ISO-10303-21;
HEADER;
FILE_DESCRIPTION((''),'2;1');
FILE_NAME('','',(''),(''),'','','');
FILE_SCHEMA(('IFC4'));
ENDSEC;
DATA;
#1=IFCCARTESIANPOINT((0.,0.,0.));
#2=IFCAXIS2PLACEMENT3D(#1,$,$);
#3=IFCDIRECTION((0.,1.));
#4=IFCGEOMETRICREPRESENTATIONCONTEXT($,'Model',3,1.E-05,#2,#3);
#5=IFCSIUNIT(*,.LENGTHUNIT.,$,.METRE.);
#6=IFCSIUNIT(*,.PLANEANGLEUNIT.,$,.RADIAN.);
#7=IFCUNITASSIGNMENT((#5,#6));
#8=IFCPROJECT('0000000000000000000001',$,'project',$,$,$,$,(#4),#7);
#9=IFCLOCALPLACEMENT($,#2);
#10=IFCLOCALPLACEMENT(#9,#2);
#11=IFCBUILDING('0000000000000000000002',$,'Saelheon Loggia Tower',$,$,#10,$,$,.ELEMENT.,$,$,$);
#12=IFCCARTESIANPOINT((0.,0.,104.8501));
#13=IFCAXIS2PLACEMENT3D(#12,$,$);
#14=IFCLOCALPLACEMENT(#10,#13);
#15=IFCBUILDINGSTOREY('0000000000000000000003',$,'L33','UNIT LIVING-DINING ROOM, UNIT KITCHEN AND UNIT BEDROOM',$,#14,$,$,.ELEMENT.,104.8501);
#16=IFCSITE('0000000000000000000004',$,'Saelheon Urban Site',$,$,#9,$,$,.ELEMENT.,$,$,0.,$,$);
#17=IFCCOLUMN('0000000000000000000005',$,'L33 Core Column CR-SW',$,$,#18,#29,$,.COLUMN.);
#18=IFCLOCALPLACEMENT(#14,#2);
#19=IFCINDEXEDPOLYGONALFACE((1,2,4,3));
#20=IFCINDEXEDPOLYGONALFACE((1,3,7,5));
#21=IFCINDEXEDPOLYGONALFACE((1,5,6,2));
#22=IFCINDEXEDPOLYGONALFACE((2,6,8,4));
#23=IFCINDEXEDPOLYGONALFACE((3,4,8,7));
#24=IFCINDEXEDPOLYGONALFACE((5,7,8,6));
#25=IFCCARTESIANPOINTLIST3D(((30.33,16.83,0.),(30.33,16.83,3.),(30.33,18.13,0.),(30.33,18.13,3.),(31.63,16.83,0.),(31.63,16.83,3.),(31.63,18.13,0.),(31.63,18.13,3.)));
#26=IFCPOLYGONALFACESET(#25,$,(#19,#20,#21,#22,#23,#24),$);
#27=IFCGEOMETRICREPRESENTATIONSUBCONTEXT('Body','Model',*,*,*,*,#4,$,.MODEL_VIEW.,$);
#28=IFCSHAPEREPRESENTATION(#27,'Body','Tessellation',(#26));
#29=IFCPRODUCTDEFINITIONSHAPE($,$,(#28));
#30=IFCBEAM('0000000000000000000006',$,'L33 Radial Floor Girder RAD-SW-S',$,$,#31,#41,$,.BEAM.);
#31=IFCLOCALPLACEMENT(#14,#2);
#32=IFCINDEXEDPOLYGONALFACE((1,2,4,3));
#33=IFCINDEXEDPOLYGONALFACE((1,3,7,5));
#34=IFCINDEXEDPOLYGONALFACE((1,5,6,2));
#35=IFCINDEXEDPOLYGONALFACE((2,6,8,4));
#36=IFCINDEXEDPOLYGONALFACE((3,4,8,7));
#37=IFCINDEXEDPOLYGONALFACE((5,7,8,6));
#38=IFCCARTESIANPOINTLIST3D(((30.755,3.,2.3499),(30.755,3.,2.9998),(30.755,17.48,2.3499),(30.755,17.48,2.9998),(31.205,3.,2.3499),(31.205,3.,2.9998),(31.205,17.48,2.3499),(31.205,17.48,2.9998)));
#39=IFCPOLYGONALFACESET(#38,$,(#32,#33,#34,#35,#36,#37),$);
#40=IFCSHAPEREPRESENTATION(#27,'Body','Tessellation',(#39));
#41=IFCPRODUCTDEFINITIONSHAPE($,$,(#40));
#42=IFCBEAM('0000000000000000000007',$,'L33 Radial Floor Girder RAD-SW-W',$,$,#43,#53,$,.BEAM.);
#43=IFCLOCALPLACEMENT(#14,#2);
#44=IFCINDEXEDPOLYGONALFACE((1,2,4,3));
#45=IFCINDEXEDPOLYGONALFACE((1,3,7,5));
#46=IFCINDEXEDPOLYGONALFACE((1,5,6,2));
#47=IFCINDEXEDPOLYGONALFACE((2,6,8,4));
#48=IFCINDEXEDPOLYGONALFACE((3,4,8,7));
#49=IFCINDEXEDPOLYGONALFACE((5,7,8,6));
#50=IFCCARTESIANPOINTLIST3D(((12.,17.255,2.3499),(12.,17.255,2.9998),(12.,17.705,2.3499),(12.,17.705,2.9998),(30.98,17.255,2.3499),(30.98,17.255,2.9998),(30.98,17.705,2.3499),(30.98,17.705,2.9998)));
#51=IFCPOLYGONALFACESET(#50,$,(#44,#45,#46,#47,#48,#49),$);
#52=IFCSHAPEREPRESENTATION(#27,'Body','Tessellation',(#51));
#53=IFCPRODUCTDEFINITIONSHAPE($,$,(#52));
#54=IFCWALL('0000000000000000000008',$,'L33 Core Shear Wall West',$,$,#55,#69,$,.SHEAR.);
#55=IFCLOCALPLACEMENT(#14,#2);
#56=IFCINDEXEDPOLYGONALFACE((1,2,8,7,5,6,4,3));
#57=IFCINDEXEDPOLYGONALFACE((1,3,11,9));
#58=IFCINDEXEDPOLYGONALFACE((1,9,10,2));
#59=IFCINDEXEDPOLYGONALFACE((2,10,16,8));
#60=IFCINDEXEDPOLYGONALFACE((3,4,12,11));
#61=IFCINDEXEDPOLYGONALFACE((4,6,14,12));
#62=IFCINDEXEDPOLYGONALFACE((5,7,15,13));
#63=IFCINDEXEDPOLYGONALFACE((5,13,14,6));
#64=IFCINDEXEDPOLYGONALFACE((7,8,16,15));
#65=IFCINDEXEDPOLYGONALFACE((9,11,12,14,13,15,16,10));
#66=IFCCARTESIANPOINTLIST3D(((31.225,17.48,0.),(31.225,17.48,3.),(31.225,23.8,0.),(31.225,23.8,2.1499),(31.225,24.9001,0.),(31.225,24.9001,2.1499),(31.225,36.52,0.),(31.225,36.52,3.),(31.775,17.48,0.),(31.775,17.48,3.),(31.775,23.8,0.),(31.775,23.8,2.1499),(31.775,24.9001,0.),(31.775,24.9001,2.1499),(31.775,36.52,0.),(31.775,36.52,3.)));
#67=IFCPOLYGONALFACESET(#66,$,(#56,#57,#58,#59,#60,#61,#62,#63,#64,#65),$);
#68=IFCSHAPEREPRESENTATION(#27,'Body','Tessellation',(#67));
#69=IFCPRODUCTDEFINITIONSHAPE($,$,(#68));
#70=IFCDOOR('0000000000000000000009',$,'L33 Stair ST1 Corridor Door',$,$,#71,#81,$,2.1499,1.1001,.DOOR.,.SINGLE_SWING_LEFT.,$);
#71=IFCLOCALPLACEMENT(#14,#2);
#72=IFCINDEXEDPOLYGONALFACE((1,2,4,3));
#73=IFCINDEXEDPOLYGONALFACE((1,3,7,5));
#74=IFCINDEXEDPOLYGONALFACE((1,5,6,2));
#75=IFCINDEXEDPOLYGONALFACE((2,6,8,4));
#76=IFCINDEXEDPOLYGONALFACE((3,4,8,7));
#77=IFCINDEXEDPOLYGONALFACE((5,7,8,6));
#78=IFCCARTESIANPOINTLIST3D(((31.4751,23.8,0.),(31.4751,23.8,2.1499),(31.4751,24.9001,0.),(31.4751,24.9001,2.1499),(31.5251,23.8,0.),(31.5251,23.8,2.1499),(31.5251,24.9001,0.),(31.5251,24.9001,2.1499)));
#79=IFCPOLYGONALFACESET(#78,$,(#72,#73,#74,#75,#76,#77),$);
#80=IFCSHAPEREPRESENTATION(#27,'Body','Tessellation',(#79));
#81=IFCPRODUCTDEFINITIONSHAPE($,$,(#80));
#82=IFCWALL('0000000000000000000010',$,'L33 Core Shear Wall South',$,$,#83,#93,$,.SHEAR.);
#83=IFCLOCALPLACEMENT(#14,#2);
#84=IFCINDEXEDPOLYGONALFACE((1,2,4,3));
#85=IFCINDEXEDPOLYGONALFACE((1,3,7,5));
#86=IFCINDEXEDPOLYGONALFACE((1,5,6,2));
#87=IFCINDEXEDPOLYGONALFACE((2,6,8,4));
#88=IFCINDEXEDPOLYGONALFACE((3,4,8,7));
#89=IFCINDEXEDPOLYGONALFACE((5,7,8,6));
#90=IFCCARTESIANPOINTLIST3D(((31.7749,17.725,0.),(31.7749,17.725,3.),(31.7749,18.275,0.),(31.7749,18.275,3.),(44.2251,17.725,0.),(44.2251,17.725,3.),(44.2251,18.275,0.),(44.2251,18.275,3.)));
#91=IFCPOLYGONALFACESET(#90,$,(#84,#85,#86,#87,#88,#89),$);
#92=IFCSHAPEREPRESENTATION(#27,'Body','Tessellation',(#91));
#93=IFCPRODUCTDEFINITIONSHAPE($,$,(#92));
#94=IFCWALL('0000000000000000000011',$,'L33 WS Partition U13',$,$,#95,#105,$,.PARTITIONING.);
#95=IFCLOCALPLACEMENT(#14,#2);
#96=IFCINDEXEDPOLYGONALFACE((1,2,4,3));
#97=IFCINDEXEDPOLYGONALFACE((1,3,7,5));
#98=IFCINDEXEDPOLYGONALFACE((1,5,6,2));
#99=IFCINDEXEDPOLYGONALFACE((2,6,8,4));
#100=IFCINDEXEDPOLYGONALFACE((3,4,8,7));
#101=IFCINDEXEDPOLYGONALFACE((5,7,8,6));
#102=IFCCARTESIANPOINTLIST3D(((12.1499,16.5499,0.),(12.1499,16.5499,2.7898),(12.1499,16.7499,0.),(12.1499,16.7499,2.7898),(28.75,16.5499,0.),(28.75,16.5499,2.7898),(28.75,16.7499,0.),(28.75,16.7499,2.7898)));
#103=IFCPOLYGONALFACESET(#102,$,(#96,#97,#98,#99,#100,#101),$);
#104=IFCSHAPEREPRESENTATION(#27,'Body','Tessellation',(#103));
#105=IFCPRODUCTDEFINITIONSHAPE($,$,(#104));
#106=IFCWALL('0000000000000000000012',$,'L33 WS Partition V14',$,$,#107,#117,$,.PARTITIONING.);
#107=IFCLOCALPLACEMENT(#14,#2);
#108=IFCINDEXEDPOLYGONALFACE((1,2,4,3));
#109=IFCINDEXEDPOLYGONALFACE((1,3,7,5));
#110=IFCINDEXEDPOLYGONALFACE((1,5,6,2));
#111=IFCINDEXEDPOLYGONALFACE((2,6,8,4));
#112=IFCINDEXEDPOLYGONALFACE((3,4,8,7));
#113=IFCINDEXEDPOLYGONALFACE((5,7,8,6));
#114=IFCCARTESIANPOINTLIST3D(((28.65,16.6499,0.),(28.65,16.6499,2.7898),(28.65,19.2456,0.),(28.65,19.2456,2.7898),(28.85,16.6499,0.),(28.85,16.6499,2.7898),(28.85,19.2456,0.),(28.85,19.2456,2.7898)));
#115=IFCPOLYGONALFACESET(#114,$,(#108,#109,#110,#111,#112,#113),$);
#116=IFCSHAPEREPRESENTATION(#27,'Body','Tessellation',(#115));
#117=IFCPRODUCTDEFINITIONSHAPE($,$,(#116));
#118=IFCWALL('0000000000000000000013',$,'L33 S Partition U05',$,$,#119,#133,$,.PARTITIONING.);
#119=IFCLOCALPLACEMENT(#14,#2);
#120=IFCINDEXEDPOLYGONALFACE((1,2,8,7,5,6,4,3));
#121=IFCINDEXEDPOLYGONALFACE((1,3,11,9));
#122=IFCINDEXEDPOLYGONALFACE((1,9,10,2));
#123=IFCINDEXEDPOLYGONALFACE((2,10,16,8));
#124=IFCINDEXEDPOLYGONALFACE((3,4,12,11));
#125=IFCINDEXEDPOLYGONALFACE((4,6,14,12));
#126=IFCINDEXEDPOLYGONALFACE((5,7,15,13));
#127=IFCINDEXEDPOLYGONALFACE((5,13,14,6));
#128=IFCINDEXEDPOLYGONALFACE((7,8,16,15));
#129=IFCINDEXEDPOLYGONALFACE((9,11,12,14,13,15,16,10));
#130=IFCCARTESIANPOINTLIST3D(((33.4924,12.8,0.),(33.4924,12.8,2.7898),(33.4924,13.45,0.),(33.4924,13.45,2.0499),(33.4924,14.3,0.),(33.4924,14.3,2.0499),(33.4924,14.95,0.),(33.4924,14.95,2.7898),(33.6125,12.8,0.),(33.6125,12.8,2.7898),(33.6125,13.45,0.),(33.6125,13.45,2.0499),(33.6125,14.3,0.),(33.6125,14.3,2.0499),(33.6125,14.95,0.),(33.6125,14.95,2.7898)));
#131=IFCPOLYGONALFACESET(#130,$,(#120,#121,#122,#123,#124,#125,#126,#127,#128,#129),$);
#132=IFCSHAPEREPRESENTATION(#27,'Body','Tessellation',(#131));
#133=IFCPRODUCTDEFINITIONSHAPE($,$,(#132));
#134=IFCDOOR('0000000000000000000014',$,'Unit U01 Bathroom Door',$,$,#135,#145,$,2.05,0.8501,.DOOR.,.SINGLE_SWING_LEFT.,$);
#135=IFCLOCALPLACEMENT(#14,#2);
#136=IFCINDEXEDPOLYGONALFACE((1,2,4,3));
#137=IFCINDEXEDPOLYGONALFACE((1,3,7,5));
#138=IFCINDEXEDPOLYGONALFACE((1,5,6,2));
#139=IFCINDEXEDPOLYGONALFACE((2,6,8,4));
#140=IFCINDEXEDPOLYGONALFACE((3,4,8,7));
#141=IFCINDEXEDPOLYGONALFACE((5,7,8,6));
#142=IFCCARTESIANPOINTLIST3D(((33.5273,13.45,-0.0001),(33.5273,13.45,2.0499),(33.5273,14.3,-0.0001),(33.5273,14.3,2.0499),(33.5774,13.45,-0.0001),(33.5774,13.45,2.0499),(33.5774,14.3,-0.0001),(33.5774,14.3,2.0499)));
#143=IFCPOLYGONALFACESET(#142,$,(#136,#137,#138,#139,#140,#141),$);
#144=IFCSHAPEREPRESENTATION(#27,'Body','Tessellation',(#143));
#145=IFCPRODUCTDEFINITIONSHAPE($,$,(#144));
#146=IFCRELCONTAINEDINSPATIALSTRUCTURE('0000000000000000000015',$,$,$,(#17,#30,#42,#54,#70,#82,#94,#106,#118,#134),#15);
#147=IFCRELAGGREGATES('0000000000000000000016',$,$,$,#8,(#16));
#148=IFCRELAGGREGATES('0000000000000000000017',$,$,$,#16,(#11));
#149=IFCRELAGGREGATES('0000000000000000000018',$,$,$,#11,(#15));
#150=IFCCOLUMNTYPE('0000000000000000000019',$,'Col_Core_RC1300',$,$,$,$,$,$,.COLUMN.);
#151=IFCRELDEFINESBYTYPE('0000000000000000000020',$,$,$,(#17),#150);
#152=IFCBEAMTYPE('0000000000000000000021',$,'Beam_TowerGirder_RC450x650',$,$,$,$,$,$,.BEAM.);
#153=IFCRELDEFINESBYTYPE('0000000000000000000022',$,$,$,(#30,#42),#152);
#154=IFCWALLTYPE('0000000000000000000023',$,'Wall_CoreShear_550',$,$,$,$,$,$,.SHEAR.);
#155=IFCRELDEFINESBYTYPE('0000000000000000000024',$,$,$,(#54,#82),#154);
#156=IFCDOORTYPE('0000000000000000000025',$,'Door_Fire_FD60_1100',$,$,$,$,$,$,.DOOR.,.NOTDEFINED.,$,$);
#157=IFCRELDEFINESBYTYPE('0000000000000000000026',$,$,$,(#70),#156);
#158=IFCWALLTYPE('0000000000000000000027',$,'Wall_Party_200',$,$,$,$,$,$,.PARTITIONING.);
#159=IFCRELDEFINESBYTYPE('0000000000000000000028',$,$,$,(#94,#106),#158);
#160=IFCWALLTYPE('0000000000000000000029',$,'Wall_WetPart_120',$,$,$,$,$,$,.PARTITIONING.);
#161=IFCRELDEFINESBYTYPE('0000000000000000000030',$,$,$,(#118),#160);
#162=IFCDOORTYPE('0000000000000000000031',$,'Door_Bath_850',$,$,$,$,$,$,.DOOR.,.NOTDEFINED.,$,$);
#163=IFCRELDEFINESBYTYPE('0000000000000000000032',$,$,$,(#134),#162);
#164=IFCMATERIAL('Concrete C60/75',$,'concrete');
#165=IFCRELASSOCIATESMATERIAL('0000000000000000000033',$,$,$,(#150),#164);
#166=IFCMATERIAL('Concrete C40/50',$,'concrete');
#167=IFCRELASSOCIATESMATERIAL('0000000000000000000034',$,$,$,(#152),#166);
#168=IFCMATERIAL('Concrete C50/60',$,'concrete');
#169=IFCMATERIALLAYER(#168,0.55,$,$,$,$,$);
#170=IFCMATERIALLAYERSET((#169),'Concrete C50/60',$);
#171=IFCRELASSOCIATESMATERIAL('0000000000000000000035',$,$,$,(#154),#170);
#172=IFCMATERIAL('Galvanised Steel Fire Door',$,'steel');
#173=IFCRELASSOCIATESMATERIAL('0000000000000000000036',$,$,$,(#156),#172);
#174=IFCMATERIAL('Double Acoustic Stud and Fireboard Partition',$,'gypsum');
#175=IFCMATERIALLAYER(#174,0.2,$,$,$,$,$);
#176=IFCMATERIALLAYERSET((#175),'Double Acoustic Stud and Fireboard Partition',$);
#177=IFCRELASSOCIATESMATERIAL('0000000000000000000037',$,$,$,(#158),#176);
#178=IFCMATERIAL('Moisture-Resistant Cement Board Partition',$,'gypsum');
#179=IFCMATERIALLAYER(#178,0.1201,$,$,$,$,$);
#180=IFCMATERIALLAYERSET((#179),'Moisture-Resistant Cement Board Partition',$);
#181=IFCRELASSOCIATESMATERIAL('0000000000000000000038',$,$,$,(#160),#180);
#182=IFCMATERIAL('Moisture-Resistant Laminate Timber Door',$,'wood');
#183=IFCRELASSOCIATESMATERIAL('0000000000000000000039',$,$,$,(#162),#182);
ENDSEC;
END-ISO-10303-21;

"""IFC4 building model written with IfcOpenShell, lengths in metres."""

from ifc_helpers import new_model, si_unit, direction, frame, frame_2d, origin, origin_2d, place, context, subcontext, project, spatial, rectangle, extrude, source, transform, mapped, material, layer, layer_set, material_profile, profile_set, type_object, element, fill, save


model = new_model("IFC4")

# Units and contexts
model_context = context("Model", 3, precision=1e-05, world=origin(), true_north=direction((0.0, 1.0)))
body_context = subcontext(model_context, "Body", "Model", "MODEL_VIEW")
ifc_project = project(units=[si_unit("LENGTHUNIT", "METRE"), si_unit("PLANEANGLEUNIT", "RADIAN")], contexts=[model_context])

# Site, building, storey
site_placement = place(None, origin())
site = spatial("IfcSite", under=ifc_project, at=site_placement, Name="Saelheon Urban Site", CompositionType="ELEMENT", RefElevation=0.0)
building_placement = place(site_placement, origin())
building = spatial("IfcBuilding", under=site, at=building_placement, Name="Saelheon Loggia Tower", CompositionType="ELEMENT")
storey_placement = place(building_placement, frame((0.0, 0.0, 104.8501)))
storey = spatial("IfcBuildingStorey", under=building, at=storey_placement, Name="L33", Description="UNIT LIVING-DINING ROOM, UNIT KITCHEN AND UNIT BEDROOM", CompositionType="ELEMENT", Elevation=104.8501)

# Column
ifc_material_1 = material(Name="Concrete C60/75", Category="concrete")
ifc_material_profile_1 = material_profile(ifc_material_1, rectangle(XDim=1.3, YDim=1.3, at=origin_2d()), Name="RC-1300x1300")
ifc_profile_set_1 = profile_set([ifc_material_profile_1], Name="Concrete C60/75")
column_type = type_object("IfcColumnType", Name="Col_Core_RC1300", PredefinedType="COLUMN", material=ifc_profile_set_1)
shared_shape_1 = source(origin(), body_context, "Body", "SweptSolid", [
    extrude(rectangle(XDim=1.3, YDim=1.3, at=origin_2d()), origin(), (0.0, 0.0, 1.0), 3.0),
])
column_placement = place(storey_placement, frame((30.98, 17.48, 0.0), z_axis=(0.0, 0.0, 1.0), x_axis=(1.0, 0.0, 0.0)))
element("IfcColumn", 1, at=column_placement, inside=storey, type_object=column_type, Name="L33 Core Column CR-SW", PredefinedType="COLUMN", context=body_context, shape_type="MappedRepresentation", body=[
    mapped(shared_shape_1, transform((0.0, 0.0, 0.0), scale=1.0)),
])

# Beams
ifc_material_2 = material(Name="Concrete C40/50", Category="concrete")
ifc_material_profile_2 = material_profile(ifc_material_2, rectangle(XDim=0.45, YDim=0.6499, at=origin_2d()), Name="RC-450x650")
ifc_profile_set_2 = profile_set([ifc_material_profile_2], Name="Concrete C40/50")
beam_type = type_object("IfcBeamType", Name="Beam_TowerGirder_RC450x650", PredefinedType="BEAM", material=ifc_profile_set_2)
shared_shape_2 = source(origin(), body_context, "Body", "SweptSolid", [
    extrude(rectangle(XDim=0.45, YDim=0.6499, at=origin_2d()), origin(), (0.0, 0.0, 1.0), 14.48),
])
beam_1_placement = place(storey_placement, frame((30.98, 17.48, 2.6748), z_axis=(0.0, -1.0, 0.0), x_axis=(1.0, 0.0, 0.0)))
element("IfcBeam", 2, at=beam_1_placement, inside=storey, type_object=beam_type, Name="L33 Radial Floor Girder RAD-SW-S", PredefinedType="BEAM", context=body_context, shape_type="MappedRepresentation", body=[
    mapped(shared_shape_2, transform((0.0, 0.0, 0.0), scale=1.0)),
])
shared_shape_3 = source(origin(), body_context, "Body", "SweptSolid", [
    extrude(rectangle(XDim=0.45, YDim=0.6499, at=origin_2d()), origin(), (0.0, 0.0, 1.0), 18.98),
])
beam_2_placement = place(storey_placement, frame((30.98, 17.48, 2.6748), z_axis=(-1.0, 0.0, 0.0), x_axis=(0.0, -1.0, 0.0)))
element("IfcBeam", 3, at=beam_2_placement, inside=storey, type_object=beam_type, Name="L33 Radial Floor Girder RAD-SW-W", PredefinedType="BEAM", context=body_context, shape_type="MappedRepresentation", body=[
    mapped(shared_shape_3, transform((0.0, 0.0, 0.0), scale=1.0)),
])

# Wall, opening, door
ifc_material_3 = material(Name="Concrete C50/60", Category="concrete")
ifc_layer_1 = layer(ifc_material_3, 0.55)
ifc_layer_set_1 = layer_set([ifc_layer_1], Name="Concrete C50/60")
wall_type_1 = type_object("IfcWallType", Name="Wall_CoreShear_550", PredefinedType="SHEAR", material=ifc_layer_set_1)
wall_1_placement = place(storey_placement, frame((31.5, 17.48, 0.0), z_axis=(0.0, 0.0, 1.0), x_axis=(0.0, 1.0, 0.0)))
wall_1 = element("IfcWall", 4, at=wall_1_placement, inside=storey, type_object=wall_type_1, Name="L33 Core Shear Wall West", PredefinedType="SHEAR", context=body_context, shape_type="SweptSolid", body=[
    extrude(rectangle(XDim=19.04, YDim=0.55, at=frame_2d((9.52, 0.0))), origin(), (0.0, 0.0, 1.0), 3.0),
])
opening_1_placement = place(wall_1_placement, frame((6.3201, 0.0, 0.0)))
opening_1 = element("IfcOpeningElement", 5, at=opening_1_placement, cuts=wall_1, PredefinedType="OPENING", context=body_context, shape_type="SweptSolid", body=[
    extrude(rectangle(XDim=1.1001, YDim=2.1499, at=frame_2d((0.55, 1.075))), frame((0.0, 0.2871, 0.0), z_axis=(0.0, -1.0, 0.0), x_axis=(1.0, 0.0, 0.0)), (0.0, 0.0, 1.0), 0.574),
])
ifc_material_4 = material(Name="Galvanised Steel Fire Door", Category="steel")
door_type_1 = type_object("IfcDoorType", Name="Door_Fire_FD60_1100", OperationType="NOTDEFINED", PredefinedType="DOOR", material=ifc_material_4)
shared_shape_4 = source(origin(), body_context, "Body", "SweptSolid", [
    extrude(rectangle(XDim=1.1001, YDim=2.1499, at=frame_2d((0.55, 1.075))), frame((0.0, 0.0249, 0.0), z_axis=(0.0, -1.0, 0.0), x_axis=(1.0, 0.0, 0.0)), (0.0, 0.0, 1.0), 0.05),
])
door_1_placement = place(opening_1_placement, origin())
door_1 = element("IfcDoor", 6, at=door_1_placement, inside=storey, type_object=door_type_1, Name="L33 Stair ST1 Corridor Door", OperationType="SINGLE_SWING_LEFT", OverallHeight=2.1499, OverallWidth=1.1001, PredefinedType="DOOR", context=body_context, shape_type="MappedRepresentation", body=[
    mapped(shared_shape_4, transform((0.0, 0.0, 0.0), scale=1.0)),
])
fill(opening_1, door_1)

# Walls
wall_2_placement = place(storey_placement, frame((31.7749, 18.0, 0.0), z_axis=(0.0, 0.0, 1.0), x_axis=(1.0, 0.0, 0.0)))
element("IfcWall", 7, at=wall_2_placement, inside=storey, type_object=wall_type_1, Name="L33 Core Shear Wall South", PredefinedType="SHEAR", context=body_context, shape_type="SweptSolid", body=[
    extrude(rectangle(XDim=12.4502, YDim=0.55, at=frame_2d((6.2251, 0.0))), origin(), (0.0, 0.0, 1.0), 3.0),
])
ifc_material_5 = material(Name="Double Acoustic Stud and Fireboard Partition", Category="gypsum")
ifc_layer_2 = layer(ifc_material_5, 0.2)
ifc_layer_set_2 = layer_set([ifc_layer_2], Name="Double Acoustic Stud and Fireboard Partition")
wall_type_2 = type_object("IfcWallType", Name="Wall_Party_200", PredefinedType="PARTITIONING", material=ifc_layer_set_2)
wall_3_placement = place(storey_placement, frame((28.75, 16.6499, 0.0), z_axis=(0.0, 0.0, 1.0), x_axis=(-1.0, 0.0, 0.0)))
element("IfcWall", 8, at=wall_3_placement, inside=storey, type_object=wall_type_2, Name="L33 WS Partition U13", PredefinedType="PARTITIONING", context=body_context, shape_type="SweptSolid", body=[
    extrude(rectangle(XDim=16.6001, YDim=0.2, at=frame_2d((8.3, 0.0))), origin(), (0.0, 0.0, 1.0), 2.7898),
])
wall_4_placement = place(storey_placement, frame((28.75, 16.6499, 0.0), z_axis=(0.0, 0.0, 1.0), x_axis=(0.0, 1.0, 0.0)))
element("IfcWall", 9, at=wall_4_placement, inside=storey, type_object=wall_type_2, Name="L33 WS Partition V14", PredefinedType="PARTITIONING", context=body_context, shape_type="SweptSolid", body=[
    extrude(rectangle(XDim=2.5957, YDim=0.2, at=frame_2d((1.2979, 0.0))), origin(), (0.0, 0.0, 1.0), 2.7898),
])

# Wall, opening, door
ifc_material_6 = material(Name="Moisture-Resistant Cement Board Partition", Category="gypsum")
ifc_layer_3 = layer(ifc_material_6, 0.1201)
ifc_layer_set_3 = layer_set([ifc_layer_3], Name="Moisture-Resistant Cement Board Partition")
wall_type_3 = type_object("IfcWallType", Name="Wall_WetPart_120", PredefinedType="PARTITIONING", material=ifc_layer_set_3)
wall_5_placement = place(storey_placement, frame((33.5525, 14.95, 0.0), z_axis=(0.0, 0.0, 1.0), x_axis=(0.0, -1.0, 0.0)))
wall_5 = element("IfcWall", 10, at=wall_5_placement, inside=storey, type_object=wall_type_3, Name="L33 S Partition U05", PredefinedType="PARTITIONING", context=body_context, shape_type="SweptSolid", body=[
    extrude(rectangle(XDim=2.1499, YDim=0.1201, at=frame_2d((1.075, 0.0))), origin(), (0.0, 0.0, 1.0), 2.7898),
])
opening_2_placement = place(wall_5_placement, frame((0.6499, 0.0, 0.0)))
opening_2 = element("IfcOpeningElement", 11, at=opening_2_placement, cuts=wall_5, PredefinedType="OPENING", context=body_context, shape_type="SweptSolid", body=[
    extrude(rectangle(XDim=0.8501, YDim=2.05, at=frame_2d((0.425, 1.0249))), frame((0.0, 0.072, 0.0), z_axis=(0.0, -1.0, 0.0), x_axis=(1.0, 0.0, 0.0)), (0.0, 0.0, 1.0), 0.144),
])
ifc_material_7 = material(Name="Moisture-Resistant Laminate Timber Door", Category="wood")
door_type_2 = type_object("IfcDoorType", Name="Door_Bath_850", OperationType="NOTDEFINED", PredefinedType="DOOR", material=ifc_material_7)
shared_shape_5 = source(origin(), body_context, "Body", "SweptSolid", [
    extrude(rectangle(XDim=0.8501, YDim=2.05, at=frame_2d((0.425, 1.0249))), frame((0.0, 0.0249, 0.0), z_axis=(0.0, -1.0, 0.0), x_axis=(1.0, 0.0, 0.0)), (0.0, 0.0, 1.0), 0.05),
])
door_2_placement = place(opening_2_placement, origin())
door_2 = element("IfcDoor", 12, at=door_2_placement, inside=storey, type_object=door_type_2, Name="Unit U01 Bathroom Door", OperationType="SINGLE_SWING_LEFT", OverallHeight=2.05, OverallWidth=0.8501, PredefinedType="DOOR", context=body_context, shape_type="MappedRepresentation", body=[
    mapped(shared_shape_5, transform((0.0, 0.0, 0.0), scale=1.0)),
])
fill(opening_2, door_2)

save(model, "model.ifc")
